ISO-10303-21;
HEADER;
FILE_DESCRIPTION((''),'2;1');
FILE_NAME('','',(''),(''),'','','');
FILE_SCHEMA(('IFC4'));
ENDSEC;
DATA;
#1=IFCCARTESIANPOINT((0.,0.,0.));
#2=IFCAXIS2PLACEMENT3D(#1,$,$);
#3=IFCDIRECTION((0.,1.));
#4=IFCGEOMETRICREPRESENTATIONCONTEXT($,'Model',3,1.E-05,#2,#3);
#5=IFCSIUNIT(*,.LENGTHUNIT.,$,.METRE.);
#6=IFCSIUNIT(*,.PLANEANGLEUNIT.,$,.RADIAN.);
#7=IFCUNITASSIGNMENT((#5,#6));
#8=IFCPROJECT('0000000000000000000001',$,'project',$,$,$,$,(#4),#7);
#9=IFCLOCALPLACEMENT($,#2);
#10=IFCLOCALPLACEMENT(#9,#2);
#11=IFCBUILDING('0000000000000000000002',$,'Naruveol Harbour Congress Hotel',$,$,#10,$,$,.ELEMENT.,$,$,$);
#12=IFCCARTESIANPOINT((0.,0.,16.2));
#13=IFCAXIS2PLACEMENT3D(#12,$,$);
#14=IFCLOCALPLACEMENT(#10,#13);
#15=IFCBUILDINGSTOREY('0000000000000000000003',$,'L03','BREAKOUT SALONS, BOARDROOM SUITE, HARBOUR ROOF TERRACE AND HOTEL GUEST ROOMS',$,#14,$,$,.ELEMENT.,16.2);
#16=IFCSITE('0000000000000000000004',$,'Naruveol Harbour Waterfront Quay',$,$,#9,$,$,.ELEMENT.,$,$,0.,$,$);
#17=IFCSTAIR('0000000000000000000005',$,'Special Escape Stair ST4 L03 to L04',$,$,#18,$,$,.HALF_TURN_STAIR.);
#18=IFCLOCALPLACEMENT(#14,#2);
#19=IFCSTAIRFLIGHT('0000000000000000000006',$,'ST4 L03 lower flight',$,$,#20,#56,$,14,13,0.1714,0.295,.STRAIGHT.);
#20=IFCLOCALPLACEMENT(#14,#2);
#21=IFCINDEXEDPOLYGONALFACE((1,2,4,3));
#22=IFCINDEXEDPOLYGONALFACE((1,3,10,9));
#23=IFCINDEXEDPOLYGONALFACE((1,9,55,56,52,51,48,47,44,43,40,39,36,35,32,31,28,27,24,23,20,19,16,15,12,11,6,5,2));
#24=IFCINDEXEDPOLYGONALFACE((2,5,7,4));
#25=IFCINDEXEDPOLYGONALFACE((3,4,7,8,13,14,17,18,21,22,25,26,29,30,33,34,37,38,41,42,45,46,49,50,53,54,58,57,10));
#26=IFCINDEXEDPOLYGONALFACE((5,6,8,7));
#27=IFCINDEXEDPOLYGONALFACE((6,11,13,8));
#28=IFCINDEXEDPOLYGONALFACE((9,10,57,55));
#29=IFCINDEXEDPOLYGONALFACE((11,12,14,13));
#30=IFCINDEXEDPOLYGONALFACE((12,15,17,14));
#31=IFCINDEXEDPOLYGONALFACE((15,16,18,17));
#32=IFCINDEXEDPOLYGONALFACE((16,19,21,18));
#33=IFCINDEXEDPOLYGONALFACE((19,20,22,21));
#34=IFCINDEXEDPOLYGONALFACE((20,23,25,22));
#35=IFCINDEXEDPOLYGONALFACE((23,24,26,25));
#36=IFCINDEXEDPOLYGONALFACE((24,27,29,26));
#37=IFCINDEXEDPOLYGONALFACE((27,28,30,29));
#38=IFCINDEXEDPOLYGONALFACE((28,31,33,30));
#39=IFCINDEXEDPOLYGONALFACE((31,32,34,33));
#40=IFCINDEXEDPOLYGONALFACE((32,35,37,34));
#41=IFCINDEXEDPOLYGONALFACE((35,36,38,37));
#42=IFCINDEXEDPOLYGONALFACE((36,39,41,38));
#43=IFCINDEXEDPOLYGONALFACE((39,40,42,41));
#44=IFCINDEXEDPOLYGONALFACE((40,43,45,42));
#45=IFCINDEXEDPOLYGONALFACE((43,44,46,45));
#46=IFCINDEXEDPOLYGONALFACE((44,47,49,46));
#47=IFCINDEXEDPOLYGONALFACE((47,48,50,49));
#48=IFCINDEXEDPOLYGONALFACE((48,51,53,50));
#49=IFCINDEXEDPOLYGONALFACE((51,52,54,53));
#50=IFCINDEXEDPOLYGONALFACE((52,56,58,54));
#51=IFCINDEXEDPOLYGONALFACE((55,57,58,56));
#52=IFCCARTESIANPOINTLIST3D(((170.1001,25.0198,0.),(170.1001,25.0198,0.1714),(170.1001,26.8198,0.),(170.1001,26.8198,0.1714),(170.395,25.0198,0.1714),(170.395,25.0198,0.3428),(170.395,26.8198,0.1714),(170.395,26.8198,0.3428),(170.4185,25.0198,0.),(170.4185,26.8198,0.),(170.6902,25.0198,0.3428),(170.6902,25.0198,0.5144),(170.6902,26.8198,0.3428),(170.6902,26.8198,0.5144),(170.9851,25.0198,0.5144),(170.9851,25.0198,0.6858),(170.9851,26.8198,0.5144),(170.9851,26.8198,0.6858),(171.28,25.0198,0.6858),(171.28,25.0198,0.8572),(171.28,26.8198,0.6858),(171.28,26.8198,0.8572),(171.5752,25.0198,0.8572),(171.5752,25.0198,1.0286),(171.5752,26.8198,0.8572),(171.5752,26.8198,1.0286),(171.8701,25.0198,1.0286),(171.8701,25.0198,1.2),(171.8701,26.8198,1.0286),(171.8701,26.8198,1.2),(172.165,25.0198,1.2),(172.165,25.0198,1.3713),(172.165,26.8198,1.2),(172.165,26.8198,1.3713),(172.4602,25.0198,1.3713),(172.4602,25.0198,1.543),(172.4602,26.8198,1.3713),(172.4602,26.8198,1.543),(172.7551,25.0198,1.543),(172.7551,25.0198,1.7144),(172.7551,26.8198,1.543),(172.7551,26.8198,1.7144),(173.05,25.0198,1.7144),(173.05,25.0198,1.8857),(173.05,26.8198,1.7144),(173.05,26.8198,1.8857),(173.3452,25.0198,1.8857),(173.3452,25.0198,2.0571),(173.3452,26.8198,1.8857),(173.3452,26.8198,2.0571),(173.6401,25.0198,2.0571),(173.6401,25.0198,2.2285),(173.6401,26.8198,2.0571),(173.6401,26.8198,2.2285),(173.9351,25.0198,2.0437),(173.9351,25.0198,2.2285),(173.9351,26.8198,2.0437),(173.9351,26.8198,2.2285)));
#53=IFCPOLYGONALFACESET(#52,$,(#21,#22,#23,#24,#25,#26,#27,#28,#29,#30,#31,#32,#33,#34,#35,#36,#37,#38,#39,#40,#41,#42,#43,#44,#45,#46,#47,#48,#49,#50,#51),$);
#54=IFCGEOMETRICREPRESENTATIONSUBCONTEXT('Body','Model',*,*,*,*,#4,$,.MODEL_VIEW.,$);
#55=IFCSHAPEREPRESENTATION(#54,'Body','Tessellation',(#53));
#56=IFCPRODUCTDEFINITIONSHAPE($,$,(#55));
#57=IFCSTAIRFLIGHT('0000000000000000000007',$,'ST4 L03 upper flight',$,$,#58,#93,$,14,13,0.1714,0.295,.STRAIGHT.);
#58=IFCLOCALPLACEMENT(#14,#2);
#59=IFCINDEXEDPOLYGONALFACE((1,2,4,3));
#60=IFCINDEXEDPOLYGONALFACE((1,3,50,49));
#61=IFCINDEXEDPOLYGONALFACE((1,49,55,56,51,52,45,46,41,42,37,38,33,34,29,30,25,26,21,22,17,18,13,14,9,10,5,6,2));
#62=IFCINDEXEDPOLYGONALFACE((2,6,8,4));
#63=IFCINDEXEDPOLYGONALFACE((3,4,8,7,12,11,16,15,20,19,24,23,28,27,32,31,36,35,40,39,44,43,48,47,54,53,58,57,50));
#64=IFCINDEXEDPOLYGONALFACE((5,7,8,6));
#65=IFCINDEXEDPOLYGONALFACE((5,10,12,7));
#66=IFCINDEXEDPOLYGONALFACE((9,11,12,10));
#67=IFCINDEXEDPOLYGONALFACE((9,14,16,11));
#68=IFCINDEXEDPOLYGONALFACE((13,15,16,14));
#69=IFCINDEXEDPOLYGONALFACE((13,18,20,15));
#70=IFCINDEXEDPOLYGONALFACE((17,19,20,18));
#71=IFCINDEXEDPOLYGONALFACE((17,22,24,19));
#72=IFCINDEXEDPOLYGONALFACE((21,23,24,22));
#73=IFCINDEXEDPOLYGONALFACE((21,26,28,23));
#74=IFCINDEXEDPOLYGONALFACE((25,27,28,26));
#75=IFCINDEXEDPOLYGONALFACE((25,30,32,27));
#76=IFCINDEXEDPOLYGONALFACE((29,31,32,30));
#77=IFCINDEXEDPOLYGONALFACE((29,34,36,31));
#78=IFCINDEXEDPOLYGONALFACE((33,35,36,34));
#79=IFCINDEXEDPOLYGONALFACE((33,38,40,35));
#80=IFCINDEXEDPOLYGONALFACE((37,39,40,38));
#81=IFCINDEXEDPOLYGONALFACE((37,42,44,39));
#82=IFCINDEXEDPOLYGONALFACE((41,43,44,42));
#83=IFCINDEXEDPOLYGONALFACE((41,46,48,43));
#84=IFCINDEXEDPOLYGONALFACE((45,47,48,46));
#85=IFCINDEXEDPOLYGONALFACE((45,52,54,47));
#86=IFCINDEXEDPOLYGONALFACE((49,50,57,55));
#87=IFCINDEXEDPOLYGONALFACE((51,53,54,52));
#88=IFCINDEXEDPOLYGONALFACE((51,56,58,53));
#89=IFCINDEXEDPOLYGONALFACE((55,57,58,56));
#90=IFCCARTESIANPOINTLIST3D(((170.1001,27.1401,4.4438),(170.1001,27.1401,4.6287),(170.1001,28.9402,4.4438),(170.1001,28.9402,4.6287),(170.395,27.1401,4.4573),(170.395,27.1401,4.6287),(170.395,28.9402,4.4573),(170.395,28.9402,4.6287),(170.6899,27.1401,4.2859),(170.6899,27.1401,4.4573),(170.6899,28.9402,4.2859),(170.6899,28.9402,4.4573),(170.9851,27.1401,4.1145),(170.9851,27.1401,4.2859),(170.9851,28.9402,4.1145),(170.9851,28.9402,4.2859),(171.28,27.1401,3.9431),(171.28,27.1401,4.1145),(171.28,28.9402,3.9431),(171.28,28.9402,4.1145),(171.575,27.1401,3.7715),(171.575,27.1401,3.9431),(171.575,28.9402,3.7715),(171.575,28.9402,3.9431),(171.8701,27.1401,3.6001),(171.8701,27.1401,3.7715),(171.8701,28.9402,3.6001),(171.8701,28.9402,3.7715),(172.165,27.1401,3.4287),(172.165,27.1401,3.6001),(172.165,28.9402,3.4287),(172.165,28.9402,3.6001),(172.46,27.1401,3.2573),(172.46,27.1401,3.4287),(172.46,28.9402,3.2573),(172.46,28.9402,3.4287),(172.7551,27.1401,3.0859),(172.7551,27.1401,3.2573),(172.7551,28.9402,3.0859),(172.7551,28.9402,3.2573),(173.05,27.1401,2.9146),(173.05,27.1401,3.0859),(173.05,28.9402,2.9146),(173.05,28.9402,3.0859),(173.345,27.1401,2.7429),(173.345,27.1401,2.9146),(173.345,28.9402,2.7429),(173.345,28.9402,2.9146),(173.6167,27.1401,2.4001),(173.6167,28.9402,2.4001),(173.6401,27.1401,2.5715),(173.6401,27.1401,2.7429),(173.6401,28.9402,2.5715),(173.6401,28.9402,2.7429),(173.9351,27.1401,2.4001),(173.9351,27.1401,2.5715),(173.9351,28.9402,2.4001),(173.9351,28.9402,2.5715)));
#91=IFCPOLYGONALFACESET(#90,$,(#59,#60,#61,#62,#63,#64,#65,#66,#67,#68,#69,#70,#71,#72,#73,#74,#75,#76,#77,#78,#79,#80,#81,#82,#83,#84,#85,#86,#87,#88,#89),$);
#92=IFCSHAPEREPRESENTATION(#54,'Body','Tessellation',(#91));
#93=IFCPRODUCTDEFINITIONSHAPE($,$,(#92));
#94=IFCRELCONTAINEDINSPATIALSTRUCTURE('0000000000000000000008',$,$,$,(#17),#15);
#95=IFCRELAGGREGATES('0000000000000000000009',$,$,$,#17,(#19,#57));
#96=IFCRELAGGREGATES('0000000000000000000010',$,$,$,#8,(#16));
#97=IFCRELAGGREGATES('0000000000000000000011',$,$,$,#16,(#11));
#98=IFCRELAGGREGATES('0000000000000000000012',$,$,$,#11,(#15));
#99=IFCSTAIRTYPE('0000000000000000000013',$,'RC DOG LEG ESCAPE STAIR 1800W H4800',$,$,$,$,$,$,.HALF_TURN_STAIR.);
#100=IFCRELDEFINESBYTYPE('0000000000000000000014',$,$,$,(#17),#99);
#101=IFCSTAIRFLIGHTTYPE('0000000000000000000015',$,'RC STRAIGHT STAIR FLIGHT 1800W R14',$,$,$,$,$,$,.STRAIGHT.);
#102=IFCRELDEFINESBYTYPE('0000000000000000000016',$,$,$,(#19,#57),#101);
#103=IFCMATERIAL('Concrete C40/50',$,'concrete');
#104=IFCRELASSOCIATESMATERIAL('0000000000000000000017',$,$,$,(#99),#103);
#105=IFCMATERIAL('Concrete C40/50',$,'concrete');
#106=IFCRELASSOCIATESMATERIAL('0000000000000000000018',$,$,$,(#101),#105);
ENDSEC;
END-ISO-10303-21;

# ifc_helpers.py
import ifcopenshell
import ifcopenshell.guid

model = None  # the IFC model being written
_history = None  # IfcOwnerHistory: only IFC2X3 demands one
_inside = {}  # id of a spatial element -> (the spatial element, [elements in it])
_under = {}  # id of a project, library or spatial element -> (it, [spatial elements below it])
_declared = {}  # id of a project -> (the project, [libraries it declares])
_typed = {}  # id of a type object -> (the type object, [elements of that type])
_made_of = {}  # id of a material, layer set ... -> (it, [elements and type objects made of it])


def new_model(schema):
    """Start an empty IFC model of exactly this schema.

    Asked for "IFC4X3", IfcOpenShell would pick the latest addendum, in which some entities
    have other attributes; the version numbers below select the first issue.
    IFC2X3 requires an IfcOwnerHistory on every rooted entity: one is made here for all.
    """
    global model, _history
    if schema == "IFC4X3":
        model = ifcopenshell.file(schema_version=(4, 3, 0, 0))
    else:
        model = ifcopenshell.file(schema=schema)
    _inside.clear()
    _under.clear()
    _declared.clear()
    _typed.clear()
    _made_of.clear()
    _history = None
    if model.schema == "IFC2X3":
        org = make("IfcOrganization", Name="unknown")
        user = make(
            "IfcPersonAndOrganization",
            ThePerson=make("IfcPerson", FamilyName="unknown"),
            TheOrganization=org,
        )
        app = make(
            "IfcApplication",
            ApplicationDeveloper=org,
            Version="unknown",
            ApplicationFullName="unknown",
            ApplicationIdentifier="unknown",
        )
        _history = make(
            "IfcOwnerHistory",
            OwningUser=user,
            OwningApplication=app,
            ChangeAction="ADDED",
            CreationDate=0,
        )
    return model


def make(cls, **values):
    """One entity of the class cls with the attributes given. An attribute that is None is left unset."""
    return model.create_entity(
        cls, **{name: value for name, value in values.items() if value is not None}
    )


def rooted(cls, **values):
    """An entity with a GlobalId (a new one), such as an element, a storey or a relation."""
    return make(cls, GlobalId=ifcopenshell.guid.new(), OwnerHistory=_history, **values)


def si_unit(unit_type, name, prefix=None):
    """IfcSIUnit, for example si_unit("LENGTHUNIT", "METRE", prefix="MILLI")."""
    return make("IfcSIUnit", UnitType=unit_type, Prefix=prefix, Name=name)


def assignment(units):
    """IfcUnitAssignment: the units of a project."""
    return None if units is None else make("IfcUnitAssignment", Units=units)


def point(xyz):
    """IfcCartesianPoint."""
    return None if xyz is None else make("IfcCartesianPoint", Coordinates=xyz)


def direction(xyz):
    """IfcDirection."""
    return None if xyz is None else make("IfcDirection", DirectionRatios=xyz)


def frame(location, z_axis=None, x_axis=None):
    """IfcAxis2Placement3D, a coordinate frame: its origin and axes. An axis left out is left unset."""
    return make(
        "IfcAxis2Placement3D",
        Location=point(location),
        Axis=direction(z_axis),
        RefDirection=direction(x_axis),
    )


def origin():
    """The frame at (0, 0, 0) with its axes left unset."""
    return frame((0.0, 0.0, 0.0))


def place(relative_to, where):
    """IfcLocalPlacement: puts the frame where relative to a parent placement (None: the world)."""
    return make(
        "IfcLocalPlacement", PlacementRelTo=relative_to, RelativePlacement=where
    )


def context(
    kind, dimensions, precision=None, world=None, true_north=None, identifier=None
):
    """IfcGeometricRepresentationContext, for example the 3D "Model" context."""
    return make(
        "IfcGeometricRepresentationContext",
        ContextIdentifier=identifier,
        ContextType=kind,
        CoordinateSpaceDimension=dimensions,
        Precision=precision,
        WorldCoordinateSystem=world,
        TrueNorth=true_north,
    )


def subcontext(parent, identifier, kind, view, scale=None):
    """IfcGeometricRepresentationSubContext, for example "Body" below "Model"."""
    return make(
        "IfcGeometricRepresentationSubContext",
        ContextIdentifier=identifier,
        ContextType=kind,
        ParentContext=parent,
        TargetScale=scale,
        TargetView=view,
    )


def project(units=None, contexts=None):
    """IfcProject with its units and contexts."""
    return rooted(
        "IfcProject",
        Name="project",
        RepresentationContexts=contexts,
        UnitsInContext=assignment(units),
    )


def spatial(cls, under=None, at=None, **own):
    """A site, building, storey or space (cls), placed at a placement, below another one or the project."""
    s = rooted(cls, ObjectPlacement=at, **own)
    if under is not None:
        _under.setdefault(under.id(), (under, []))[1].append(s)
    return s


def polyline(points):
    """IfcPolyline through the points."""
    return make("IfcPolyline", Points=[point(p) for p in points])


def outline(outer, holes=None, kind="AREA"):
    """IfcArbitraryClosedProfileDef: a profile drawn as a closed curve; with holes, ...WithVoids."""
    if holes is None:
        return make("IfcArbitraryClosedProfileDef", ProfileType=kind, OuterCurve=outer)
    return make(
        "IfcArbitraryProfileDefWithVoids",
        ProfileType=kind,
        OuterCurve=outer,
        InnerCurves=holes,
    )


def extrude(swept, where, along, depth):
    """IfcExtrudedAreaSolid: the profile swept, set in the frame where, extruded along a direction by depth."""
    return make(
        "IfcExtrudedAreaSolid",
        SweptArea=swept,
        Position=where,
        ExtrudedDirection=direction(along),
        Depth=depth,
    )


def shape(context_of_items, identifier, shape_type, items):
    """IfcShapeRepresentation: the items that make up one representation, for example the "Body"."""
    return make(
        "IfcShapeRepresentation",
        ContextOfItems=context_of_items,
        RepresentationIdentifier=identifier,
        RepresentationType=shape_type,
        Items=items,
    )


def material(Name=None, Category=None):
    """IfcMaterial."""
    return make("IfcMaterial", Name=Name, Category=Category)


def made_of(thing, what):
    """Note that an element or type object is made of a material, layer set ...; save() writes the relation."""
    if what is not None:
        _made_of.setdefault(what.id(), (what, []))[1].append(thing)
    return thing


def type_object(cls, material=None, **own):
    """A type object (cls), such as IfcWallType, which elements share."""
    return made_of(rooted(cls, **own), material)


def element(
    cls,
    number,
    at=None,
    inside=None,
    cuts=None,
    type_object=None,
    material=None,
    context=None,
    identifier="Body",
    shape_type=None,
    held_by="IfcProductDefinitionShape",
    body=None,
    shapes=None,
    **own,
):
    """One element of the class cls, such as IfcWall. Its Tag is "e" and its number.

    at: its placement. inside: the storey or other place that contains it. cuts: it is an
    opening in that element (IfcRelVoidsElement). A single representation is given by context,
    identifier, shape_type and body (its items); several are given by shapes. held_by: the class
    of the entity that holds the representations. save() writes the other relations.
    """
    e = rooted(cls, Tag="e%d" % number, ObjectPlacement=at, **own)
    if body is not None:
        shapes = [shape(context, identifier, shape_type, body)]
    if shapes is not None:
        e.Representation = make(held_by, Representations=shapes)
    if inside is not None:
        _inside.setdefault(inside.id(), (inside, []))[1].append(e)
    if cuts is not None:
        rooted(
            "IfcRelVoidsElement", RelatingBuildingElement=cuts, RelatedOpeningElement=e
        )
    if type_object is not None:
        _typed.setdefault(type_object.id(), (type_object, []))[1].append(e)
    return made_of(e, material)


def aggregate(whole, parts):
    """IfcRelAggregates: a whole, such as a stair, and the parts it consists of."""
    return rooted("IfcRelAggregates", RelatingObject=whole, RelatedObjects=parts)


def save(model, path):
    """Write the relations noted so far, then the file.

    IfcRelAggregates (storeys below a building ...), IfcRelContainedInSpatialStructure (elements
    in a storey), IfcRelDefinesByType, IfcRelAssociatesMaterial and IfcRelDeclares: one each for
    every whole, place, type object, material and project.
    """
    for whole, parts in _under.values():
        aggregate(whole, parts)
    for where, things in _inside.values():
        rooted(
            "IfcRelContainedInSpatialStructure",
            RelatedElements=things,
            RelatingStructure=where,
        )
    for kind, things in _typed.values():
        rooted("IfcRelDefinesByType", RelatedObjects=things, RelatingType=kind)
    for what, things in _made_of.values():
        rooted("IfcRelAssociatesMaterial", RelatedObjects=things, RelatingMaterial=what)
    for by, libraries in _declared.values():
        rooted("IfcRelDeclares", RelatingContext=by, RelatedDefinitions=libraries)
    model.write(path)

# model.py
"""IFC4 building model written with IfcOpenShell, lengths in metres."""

from ifc_helpers import new_model, si_unit, direction, frame, origin, place, context, subcontext, project, spatial, polyline, outline, extrude, material, type_object, element, aggregate, save


model = new_model("IFC4")

# Units and contexts
model_context = context("Model", 3, precision=1e-05, world=origin(), true_north=direction((0.0, 1.0)))
body_context = subcontext(model_context, "Body", "Model", "MODEL_VIEW")
ifc_project = project(units=[si_unit("LENGTHUNIT", "METRE"), si_unit("PLANEANGLEUNIT", "RADIAN")], contexts=[model_context])

# Site, building, storey
site_placement = place(None, origin())
site = spatial("IfcSite", under=ifc_project, at=site_placement, Name="Naruveol Harbour Waterfront Quay", CompositionType="ELEMENT", RefElevation=0.0)
building_placement = place(site_placement, origin())
building = spatial("IfcBuilding", under=site, at=building_placement, Name="Naruveol Harbour Congress Hotel", CompositionType="ELEMENT")
storey_placement = place(building_placement, frame((0.0, 0.0, 16.2)))
storey = spatial("IfcBuildingStorey", under=building, at=storey_placement, Name="L03", Description="BREAKOUT SALONS, BOARDROOM SUITE, HARBOUR ROOF TERRACE AND HOTEL GUEST ROOMS", CompositionType="ELEMENT", Elevation=16.2)

# Stair, stair flights
ifc_material_1 = material(Name="Concrete C40/50", Category="concrete")
stair_type = type_object("IfcStairType", Name="RC DOG LEG ESCAPE STAIR 1800W H4800", PredefinedType="HALF_TURN_STAIR", material=ifc_material_1)
stair_placement = place(storey_placement, origin())
stair = element("IfcStair", 1, at=stair_placement, inside=storey, type_object=stair_type, Name="Special Escape Stair ST4 L03 to L04", PredefinedType="HALF_TURN_STAIR")
ifc_material_2 = material(Name="Concrete C40/50", Category="concrete")
stair_flight_type = type_object("IfcStairFlightType", Name="RC STRAIGHT STAIR FLIGHT 1800W R14", PredefinedType="STRAIGHT", material=ifc_material_2)
stair_flight_1_placement = place(storey_placement, frame((170.1001, 25.9199, 0.0), z_axis=(0.0, 0.0, 1.0), x_axis=(1.0, 0.0, 0.0)))
stair_flight_1 = element("IfcStairFlight", 2, at=stair_flight_1_placement, type_object=stair_flight_type, Name="ST4 L03 lower flight", NumberOfRisers=14, NumberOfTreads=13, PredefinedType="STRAIGHT", RiserHeight=0.1714, TreadLength=0.295, context=body_context, shape_type="SweptSolid", body=[
    extrude(outline(polyline([(0.0, 0.0), (0.0, 0.1714), (0.2949, 0.1714), (0.2949, 0.3428), (0.5901, 0.3428), (0.5901, 0.5144), (0.885, 0.5144), (0.885, 0.6858), (1.1799, 0.6858), (1.1799, 0.8572), (1.4751, 0.8572), (1.4751, 1.0286), (1.77, 1.0286), (1.77, 1.2), (2.0649, 1.2), (2.0649, 1.3713), (2.3601, 1.3713), (2.3601, 1.543), (2.655, 1.543), (2.655, 1.7144), (2.95, 1.7144), (2.95, 1.8857), (3.2451, 1.8857), (3.2451, 2.0571), (3.54, 2.0571), (3.54, 2.2285), (3.835, 2.2285), (3.835, 2.3999), (3.835, 2.0437), (0.3184, 0.0), (0.0, 0.0)])), frame((0.0, 0.8999, 0.0), z_axis=(0.0, -1.0, 0.0), x_axis=(1.0, 0.0, 0.0)), (0.0, 0.0, 1.0), 1.8),
])
stair_flight_2_placement = place(storey_placement, frame((173.9351, 28.04, 2.4001), z_axis=(0.0, 0.0, 1.0), x_axis=(-1.0, 0.0, 0.0)))
stair_flight_2 = element("IfcStairFlight", 3, at=stair_flight_2_placement, type_object=stair_flight_type, Name="ST4 L03 upper flight", NumberOfRisers=14, NumberOfTreads=13, PredefinedType="STRAIGHT", RiserHeight=0.1714, TreadLength=0.295, context=body_context, shape_type="SweptSolid", body=[
    extrude(outline(polyline([(0.0, 0.0), (0.0, 0.1714), (0.2949, 0.1714), (0.2949, 0.3428), (0.5901, 0.3428), (0.5901, 0.5144), (0.885, 0.5144), (0.885, 0.6858), (1.1799, 0.6858), (1.1799, 0.8572), (1.4751, 0.8572), (1.4751, 1.0286), (1.77, 1.0286), (1.77, 1.2), (2.0649, 1.2), (2.0649, 1.3713), (2.3601, 1.3713), (2.3601, 1.543), (2.655, 1.543), (2.655, 1.7144), (2.95, 1.7144), (2.95, 1.8857), (3.2451, 1.8857), (3.2451, 2.0571), (3.54, 2.0571), (3.54, 2.2285), (3.835, 2.2285), (3.835, 2.3999), (3.835, 2.0437), (0.3184, 0.0), (0.0, 0.0)])), frame((0.0, 0.8999, 0.0), z_axis=(0.0, -1.0, 0.0), x_axis=(1.0, 0.0, 0.0)), (0.0, 0.0, 1.0), 1.8),
])
aggregate(stair, [stair_flight_1, stair_flight_2])

save(model, "model.ifc")
